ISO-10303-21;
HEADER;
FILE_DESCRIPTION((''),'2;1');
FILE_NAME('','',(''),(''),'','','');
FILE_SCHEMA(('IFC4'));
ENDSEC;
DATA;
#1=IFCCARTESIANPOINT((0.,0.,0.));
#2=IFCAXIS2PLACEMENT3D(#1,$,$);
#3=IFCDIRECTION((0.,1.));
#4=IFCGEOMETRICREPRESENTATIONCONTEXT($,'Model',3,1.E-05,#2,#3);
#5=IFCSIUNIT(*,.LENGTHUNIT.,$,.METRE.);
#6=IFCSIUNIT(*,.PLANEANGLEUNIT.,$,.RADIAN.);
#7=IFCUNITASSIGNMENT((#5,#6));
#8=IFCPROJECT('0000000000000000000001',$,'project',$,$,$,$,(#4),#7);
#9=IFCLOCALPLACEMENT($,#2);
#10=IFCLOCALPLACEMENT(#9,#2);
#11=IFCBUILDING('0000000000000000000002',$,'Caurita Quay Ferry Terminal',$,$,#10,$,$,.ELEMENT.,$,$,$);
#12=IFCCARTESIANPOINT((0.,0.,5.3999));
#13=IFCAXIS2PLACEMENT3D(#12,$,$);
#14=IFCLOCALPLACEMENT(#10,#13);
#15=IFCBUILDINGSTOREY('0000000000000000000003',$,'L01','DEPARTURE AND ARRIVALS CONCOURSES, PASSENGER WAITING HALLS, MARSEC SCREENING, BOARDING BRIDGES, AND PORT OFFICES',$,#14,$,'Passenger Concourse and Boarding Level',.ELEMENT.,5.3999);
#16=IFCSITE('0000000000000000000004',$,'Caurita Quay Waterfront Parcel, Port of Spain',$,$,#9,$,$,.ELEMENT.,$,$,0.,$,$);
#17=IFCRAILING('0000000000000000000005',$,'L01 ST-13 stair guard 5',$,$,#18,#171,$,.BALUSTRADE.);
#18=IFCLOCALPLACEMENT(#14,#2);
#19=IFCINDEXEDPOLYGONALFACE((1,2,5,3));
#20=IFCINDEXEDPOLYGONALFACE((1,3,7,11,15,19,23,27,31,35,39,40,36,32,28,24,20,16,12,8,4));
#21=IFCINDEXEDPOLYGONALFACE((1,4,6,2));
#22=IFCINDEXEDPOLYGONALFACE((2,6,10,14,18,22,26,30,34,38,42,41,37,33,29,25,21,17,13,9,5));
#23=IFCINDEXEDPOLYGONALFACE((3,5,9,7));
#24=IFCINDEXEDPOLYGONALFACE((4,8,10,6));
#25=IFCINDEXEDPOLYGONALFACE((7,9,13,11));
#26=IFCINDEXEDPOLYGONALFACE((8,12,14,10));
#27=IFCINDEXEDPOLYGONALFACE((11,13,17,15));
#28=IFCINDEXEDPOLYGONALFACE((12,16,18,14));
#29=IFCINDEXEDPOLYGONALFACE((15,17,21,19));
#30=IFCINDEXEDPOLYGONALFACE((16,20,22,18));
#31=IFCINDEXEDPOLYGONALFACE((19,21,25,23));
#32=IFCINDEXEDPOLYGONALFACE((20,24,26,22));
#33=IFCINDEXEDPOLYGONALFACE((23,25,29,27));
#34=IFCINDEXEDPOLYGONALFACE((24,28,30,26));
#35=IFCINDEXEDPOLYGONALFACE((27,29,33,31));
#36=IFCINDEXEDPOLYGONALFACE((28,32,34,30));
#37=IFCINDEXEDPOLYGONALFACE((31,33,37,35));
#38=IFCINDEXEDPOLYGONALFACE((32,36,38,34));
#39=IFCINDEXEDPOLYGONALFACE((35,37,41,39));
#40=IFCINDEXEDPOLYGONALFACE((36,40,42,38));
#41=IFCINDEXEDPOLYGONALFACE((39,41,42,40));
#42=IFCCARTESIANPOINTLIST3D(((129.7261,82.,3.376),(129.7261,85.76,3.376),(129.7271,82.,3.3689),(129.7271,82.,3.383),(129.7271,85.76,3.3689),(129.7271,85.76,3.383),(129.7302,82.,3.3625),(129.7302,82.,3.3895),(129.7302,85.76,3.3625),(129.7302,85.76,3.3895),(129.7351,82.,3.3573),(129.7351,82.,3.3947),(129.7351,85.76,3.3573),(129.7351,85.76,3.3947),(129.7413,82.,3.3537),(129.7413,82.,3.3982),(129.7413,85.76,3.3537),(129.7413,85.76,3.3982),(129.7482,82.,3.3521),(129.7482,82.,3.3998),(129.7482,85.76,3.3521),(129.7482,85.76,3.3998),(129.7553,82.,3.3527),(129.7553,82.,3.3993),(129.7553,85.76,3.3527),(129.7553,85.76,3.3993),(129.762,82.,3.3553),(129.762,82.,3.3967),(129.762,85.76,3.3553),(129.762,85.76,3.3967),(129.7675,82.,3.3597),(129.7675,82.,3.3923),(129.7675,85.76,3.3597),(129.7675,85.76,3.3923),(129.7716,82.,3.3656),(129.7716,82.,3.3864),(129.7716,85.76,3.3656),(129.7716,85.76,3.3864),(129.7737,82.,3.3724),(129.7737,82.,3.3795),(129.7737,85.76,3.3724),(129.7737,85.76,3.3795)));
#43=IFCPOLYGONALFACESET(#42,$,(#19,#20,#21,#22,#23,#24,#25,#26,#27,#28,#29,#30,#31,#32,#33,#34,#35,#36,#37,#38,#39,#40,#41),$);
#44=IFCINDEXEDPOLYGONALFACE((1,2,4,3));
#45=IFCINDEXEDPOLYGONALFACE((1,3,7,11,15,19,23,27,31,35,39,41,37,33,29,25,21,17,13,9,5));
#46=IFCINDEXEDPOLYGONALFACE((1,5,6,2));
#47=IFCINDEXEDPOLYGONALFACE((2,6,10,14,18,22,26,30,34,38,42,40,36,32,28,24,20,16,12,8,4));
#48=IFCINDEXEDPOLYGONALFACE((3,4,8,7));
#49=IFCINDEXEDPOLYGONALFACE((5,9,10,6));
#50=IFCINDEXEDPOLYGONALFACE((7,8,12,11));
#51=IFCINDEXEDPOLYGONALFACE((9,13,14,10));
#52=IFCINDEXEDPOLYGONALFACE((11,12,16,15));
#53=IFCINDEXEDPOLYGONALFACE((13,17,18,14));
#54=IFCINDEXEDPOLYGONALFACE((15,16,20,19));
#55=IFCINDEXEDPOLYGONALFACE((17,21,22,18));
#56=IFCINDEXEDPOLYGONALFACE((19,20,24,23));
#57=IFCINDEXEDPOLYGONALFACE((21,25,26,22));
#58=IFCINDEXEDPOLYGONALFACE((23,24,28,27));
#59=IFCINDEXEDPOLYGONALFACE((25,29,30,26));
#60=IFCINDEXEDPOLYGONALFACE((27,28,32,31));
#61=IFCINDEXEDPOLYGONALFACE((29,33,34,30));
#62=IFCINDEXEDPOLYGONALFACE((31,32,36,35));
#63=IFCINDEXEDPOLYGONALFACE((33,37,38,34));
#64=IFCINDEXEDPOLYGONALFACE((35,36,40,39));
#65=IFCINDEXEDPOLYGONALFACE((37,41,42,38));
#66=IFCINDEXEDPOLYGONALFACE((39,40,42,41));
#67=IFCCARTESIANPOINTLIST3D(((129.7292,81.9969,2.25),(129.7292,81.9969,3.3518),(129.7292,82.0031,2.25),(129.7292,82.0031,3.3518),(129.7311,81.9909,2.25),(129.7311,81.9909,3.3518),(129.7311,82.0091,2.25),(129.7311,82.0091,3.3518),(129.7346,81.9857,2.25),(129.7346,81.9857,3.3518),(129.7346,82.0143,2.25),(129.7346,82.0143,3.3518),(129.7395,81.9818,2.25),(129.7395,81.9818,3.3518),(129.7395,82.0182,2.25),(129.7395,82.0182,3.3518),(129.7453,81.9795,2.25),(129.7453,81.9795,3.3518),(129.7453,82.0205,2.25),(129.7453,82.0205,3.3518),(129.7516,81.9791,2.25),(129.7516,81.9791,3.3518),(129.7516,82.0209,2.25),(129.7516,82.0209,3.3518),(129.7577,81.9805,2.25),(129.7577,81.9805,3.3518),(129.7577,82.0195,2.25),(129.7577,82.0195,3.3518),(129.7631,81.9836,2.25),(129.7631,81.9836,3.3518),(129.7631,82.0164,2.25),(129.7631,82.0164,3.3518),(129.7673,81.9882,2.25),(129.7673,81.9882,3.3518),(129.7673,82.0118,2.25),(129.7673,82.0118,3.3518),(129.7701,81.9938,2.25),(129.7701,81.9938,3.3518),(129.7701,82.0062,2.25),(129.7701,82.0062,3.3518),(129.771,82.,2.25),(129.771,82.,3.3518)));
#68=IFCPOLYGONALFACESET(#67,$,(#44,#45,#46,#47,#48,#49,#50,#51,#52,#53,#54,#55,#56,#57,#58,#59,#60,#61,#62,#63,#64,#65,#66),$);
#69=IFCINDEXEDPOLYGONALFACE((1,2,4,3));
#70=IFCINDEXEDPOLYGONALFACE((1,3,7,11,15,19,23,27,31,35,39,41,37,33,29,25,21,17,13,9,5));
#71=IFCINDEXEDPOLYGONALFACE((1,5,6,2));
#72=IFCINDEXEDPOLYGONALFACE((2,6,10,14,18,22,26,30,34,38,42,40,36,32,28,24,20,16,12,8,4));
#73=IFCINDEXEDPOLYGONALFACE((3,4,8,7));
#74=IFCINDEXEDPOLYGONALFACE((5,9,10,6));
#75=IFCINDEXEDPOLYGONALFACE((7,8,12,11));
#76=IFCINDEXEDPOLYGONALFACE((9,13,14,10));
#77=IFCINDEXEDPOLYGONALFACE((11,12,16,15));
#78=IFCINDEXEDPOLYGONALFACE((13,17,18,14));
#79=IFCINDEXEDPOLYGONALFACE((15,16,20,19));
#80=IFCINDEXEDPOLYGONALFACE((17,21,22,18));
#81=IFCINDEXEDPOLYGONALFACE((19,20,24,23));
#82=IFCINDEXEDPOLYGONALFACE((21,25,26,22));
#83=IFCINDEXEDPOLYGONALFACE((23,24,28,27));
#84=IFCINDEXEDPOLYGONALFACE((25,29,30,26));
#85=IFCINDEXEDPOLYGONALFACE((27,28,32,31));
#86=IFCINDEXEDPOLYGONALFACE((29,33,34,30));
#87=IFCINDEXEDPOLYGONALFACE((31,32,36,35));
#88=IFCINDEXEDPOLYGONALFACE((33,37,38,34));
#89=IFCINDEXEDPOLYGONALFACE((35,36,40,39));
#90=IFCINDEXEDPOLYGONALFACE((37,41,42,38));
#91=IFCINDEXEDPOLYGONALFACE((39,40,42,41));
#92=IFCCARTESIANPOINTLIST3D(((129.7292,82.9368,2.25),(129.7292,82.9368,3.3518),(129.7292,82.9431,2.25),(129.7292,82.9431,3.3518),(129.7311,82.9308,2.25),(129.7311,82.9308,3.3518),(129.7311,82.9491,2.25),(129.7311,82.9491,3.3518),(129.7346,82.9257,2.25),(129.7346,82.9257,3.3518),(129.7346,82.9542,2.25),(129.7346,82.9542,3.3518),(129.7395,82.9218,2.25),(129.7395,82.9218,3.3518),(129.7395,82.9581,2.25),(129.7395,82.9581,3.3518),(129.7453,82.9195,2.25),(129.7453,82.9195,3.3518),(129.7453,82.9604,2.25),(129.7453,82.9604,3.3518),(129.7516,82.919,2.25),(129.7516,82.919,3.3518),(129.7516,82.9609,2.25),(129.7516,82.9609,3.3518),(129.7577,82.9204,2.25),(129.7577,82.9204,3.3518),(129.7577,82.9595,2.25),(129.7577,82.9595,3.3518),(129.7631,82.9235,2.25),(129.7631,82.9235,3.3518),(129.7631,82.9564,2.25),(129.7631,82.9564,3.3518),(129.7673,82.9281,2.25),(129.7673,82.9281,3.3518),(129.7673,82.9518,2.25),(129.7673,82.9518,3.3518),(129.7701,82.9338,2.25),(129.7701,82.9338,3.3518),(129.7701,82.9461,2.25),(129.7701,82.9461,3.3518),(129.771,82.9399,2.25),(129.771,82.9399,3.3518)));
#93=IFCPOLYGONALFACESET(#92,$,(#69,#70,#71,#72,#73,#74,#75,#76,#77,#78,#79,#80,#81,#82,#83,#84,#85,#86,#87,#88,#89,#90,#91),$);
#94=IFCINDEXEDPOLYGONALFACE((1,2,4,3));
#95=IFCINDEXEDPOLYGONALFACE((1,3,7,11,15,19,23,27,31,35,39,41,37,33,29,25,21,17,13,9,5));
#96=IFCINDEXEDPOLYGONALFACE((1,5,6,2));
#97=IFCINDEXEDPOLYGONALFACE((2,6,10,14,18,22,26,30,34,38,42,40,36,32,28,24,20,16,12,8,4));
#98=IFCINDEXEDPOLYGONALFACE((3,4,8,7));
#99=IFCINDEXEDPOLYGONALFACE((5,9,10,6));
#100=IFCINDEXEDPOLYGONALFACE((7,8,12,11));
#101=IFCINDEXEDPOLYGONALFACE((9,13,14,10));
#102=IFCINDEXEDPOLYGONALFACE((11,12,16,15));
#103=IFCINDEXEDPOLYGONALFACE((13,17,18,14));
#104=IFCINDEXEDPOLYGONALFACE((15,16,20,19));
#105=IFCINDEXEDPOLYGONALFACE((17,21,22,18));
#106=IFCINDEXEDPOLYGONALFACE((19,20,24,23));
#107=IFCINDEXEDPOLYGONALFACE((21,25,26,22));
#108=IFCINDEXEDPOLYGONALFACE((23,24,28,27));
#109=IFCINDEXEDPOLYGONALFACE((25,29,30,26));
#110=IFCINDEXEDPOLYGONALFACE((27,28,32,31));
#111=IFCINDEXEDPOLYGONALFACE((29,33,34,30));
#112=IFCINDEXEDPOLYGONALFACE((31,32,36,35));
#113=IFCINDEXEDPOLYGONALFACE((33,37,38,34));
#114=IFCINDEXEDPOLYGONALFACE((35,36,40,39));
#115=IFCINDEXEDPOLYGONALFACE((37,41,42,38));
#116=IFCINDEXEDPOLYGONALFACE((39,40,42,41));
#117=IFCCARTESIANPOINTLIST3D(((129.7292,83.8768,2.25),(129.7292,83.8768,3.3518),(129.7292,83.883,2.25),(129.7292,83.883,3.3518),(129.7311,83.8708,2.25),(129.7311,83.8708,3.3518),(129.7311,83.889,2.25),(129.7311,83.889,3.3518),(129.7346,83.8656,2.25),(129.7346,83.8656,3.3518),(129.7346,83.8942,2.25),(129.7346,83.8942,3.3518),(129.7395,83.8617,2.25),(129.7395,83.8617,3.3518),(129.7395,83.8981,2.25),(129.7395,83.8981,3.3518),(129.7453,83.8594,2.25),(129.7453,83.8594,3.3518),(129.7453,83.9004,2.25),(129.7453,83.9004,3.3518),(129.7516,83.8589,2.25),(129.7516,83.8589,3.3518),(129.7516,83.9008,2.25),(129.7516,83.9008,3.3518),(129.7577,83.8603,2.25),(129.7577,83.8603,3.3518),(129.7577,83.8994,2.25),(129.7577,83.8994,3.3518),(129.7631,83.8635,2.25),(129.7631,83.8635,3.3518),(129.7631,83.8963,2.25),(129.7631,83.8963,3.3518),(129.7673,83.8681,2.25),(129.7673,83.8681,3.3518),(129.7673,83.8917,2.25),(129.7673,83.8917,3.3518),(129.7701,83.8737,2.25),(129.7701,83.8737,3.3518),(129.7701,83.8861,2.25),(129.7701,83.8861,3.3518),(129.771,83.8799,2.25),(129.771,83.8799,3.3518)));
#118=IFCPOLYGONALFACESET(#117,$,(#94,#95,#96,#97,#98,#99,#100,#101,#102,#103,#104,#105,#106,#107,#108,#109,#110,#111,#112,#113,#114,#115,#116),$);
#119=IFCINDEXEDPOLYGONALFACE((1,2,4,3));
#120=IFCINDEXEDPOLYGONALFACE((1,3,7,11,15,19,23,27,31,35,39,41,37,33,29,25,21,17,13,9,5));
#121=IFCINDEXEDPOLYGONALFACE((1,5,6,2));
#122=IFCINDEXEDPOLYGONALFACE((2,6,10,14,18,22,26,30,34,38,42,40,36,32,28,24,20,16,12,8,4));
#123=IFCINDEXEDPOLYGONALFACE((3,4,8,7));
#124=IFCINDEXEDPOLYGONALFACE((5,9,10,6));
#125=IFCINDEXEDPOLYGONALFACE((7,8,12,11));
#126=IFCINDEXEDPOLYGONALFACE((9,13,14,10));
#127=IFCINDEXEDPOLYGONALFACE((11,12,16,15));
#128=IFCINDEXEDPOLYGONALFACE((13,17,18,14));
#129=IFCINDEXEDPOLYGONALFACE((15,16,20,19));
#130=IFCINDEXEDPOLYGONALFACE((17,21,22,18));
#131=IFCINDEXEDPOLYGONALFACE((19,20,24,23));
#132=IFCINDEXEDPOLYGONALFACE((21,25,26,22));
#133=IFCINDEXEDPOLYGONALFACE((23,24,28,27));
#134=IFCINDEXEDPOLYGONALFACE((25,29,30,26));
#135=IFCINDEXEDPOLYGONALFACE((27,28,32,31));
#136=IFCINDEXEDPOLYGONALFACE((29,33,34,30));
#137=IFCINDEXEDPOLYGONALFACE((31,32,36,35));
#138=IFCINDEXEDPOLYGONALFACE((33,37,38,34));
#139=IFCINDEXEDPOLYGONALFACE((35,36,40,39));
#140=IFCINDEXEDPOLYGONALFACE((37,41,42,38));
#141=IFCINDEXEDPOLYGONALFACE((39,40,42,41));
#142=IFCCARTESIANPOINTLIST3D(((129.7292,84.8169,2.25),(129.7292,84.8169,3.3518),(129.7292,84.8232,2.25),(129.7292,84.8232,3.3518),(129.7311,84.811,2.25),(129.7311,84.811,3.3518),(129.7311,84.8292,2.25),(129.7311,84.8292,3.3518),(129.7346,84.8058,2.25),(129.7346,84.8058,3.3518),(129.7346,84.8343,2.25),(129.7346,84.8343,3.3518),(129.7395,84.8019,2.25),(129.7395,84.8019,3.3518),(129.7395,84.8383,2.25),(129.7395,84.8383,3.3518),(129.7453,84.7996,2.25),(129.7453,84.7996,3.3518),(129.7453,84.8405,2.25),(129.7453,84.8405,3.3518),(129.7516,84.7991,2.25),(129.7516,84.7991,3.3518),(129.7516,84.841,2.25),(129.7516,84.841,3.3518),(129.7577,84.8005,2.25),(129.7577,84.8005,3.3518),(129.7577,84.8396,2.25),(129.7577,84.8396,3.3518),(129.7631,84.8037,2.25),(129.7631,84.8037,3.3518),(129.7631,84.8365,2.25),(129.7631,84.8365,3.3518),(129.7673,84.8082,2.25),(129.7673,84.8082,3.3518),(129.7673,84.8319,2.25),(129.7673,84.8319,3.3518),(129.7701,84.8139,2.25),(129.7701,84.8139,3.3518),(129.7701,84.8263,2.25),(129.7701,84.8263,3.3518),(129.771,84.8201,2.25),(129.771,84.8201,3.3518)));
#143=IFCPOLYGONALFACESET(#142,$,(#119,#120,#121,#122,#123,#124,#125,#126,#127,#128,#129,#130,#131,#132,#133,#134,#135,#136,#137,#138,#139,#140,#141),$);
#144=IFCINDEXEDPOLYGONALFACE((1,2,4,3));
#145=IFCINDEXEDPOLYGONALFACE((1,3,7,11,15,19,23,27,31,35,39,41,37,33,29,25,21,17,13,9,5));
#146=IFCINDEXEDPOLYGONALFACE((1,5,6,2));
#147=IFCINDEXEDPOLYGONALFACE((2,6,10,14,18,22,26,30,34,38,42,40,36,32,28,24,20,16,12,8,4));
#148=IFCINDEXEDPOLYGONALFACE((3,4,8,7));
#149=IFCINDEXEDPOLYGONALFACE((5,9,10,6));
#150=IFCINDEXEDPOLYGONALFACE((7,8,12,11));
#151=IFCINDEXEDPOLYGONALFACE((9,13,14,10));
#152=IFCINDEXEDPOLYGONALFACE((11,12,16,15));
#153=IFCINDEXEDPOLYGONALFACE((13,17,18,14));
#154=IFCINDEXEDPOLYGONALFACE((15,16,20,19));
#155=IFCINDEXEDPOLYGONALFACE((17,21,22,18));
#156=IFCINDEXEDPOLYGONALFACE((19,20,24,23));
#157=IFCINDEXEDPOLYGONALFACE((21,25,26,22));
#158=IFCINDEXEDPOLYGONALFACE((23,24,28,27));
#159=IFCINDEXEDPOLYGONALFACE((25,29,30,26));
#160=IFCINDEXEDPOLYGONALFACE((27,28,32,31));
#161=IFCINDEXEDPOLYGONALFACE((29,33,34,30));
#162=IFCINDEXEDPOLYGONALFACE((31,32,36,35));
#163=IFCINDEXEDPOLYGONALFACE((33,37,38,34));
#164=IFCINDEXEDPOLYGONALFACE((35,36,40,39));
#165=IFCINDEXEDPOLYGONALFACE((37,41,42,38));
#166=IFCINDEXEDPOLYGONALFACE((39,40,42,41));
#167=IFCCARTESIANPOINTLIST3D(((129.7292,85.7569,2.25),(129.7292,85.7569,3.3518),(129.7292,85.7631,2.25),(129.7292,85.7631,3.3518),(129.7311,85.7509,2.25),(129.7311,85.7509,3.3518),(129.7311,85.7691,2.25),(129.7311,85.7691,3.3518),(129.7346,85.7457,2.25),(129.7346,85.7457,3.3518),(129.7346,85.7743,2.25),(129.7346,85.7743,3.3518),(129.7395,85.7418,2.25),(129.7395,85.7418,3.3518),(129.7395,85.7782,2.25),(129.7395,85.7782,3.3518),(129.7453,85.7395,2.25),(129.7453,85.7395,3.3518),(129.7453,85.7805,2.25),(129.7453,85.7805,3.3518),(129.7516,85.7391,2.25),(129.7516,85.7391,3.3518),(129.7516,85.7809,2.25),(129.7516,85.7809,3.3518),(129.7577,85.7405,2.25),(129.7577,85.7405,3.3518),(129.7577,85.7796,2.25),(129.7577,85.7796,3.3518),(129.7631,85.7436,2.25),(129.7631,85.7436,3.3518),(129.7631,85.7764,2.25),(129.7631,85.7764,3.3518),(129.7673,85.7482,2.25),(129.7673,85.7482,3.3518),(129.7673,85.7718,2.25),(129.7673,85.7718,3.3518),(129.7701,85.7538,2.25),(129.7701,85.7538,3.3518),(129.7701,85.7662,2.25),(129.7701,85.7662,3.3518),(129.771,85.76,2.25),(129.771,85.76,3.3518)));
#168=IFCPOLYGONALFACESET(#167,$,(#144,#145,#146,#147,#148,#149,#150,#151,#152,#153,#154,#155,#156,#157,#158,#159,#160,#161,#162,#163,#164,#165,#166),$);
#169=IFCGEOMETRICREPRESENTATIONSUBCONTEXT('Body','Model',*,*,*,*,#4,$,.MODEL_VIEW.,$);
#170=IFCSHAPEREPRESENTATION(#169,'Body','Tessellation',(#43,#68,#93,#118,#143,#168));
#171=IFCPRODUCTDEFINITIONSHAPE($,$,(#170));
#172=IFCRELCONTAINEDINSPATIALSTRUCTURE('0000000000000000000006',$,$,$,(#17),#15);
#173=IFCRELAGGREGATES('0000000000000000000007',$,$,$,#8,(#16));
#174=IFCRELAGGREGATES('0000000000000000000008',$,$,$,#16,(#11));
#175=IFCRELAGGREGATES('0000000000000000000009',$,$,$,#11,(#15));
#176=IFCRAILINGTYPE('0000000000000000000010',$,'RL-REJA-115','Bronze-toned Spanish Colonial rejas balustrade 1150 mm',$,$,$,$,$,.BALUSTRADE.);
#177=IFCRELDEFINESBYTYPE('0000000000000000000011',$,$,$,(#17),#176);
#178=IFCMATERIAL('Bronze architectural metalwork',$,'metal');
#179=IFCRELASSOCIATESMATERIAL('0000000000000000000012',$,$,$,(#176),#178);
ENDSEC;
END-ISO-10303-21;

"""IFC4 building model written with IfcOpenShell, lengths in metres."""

from ifc_helpers import new_model, si_unit, direction, frame, origin, origin_2d, place, context, subcontext, project, spatial, circle, extrude, material, type_object, element, save


model = new_model("IFC4")

# Units and contexts
model_context = context("Model", 3, precision=1e-05, world=origin(), true_north=direction((0.0, 1.0)))
body_context = subcontext(model_context, "Body", "Model", "MODEL_VIEW")
ifc_project = project(units=[si_unit("LENGTHUNIT", "METRE"), si_unit("PLANEANGLEUNIT", "RADIAN")], contexts=[model_context])

# Site, building, storey
site_placement = place(None, origin())
site = spatial("IfcSite", under=ifc_project, at=site_placement, Name="Caurita Quay Waterfront Parcel, Port of Spain", CompositionType="ELEMENT", RefElevation=0.0)
building_placement = place(site_placement, origin())
building = spatial("IfcBuilding", under=site, at=building_placement, Name="Caurita Quay Ferry Terminal", CompositionType="ELEMENT")
storey_placement = place(building_placement, frame((0.0, 0.0, 5.3999)))
storey = spatial("IfcBuildingStorey", under=building, at=storey_placement, Name="L01", Description="DEPARTURE AND ARRIVALS CONCOURSES, PASSENGER WAITING HALLS, MARSEC SCREENING, BOARDING BRIDGES, AND PORT OFFICES", LongName="Passenger Concourse and Boarding Level", CompositionType="ELEMENT", Elevation=5.3999)

# Railing
ifc_material_1 = material(Name="Bronze architectural metalwork", Category="metal")
railing_type_1 = type_object("IfcRailingType", Name="RL-REJA-115", Description="Bronze-toned Spanish Colonial rejas balustrade 1150 mm", PredefinedType="BALUSTRADE", material=ifc_material_1)
railing_1_placement = place(storey_placement, frame((129.75, 82.0, 2.25)))
element("IfcRailing", 1, at=railing_1_placement, inside=storey, type_object=railing_type_1, Name="L01 ST-13 stair guard 5", PredefinedType="BALUSTRADE", context=body_context, shape_type="SweptSolid", body=[
    extrude(circle(Radius=0.0239, at=origin_2d()), frame((0.0, 0.0, 1.126), z_axis=(0.0, 1.0, 0.0), x_axis=(-1.0, 0.0, 0.0)), (0.0, 0.0, 1.0), 3.76),
    extrude(circle(Radius=0.021, at=origin_2d()), origin(), (0.0, 0.0, 1.0), 1.1018),
    extrude(circle(Radius=0.021, at=origin_2d()), frame((0.0, 0.9399, 0.0)), (0.0, 0.0, 1.0), 1.1018),
    extrude(circle(Radius=0.021, at=origin_2d()), frame((0.0, 1.8799, 0.0)), (0.0, 0.0, 1.0), 1.1018),
    extrude(circle(Radius=0.021, at=origin_2d()), frame((0.0, 2.8201, 0.0)), (0.0, 0.0, 1.0), 1.1018),
    extrude(circle(Radius=0.021, at=origin_2d()), frame((0.0, 3.76, 0.0)), (0.0, 0.0, 1.0), 1.1018),
])

save(model, "model.ifc")
